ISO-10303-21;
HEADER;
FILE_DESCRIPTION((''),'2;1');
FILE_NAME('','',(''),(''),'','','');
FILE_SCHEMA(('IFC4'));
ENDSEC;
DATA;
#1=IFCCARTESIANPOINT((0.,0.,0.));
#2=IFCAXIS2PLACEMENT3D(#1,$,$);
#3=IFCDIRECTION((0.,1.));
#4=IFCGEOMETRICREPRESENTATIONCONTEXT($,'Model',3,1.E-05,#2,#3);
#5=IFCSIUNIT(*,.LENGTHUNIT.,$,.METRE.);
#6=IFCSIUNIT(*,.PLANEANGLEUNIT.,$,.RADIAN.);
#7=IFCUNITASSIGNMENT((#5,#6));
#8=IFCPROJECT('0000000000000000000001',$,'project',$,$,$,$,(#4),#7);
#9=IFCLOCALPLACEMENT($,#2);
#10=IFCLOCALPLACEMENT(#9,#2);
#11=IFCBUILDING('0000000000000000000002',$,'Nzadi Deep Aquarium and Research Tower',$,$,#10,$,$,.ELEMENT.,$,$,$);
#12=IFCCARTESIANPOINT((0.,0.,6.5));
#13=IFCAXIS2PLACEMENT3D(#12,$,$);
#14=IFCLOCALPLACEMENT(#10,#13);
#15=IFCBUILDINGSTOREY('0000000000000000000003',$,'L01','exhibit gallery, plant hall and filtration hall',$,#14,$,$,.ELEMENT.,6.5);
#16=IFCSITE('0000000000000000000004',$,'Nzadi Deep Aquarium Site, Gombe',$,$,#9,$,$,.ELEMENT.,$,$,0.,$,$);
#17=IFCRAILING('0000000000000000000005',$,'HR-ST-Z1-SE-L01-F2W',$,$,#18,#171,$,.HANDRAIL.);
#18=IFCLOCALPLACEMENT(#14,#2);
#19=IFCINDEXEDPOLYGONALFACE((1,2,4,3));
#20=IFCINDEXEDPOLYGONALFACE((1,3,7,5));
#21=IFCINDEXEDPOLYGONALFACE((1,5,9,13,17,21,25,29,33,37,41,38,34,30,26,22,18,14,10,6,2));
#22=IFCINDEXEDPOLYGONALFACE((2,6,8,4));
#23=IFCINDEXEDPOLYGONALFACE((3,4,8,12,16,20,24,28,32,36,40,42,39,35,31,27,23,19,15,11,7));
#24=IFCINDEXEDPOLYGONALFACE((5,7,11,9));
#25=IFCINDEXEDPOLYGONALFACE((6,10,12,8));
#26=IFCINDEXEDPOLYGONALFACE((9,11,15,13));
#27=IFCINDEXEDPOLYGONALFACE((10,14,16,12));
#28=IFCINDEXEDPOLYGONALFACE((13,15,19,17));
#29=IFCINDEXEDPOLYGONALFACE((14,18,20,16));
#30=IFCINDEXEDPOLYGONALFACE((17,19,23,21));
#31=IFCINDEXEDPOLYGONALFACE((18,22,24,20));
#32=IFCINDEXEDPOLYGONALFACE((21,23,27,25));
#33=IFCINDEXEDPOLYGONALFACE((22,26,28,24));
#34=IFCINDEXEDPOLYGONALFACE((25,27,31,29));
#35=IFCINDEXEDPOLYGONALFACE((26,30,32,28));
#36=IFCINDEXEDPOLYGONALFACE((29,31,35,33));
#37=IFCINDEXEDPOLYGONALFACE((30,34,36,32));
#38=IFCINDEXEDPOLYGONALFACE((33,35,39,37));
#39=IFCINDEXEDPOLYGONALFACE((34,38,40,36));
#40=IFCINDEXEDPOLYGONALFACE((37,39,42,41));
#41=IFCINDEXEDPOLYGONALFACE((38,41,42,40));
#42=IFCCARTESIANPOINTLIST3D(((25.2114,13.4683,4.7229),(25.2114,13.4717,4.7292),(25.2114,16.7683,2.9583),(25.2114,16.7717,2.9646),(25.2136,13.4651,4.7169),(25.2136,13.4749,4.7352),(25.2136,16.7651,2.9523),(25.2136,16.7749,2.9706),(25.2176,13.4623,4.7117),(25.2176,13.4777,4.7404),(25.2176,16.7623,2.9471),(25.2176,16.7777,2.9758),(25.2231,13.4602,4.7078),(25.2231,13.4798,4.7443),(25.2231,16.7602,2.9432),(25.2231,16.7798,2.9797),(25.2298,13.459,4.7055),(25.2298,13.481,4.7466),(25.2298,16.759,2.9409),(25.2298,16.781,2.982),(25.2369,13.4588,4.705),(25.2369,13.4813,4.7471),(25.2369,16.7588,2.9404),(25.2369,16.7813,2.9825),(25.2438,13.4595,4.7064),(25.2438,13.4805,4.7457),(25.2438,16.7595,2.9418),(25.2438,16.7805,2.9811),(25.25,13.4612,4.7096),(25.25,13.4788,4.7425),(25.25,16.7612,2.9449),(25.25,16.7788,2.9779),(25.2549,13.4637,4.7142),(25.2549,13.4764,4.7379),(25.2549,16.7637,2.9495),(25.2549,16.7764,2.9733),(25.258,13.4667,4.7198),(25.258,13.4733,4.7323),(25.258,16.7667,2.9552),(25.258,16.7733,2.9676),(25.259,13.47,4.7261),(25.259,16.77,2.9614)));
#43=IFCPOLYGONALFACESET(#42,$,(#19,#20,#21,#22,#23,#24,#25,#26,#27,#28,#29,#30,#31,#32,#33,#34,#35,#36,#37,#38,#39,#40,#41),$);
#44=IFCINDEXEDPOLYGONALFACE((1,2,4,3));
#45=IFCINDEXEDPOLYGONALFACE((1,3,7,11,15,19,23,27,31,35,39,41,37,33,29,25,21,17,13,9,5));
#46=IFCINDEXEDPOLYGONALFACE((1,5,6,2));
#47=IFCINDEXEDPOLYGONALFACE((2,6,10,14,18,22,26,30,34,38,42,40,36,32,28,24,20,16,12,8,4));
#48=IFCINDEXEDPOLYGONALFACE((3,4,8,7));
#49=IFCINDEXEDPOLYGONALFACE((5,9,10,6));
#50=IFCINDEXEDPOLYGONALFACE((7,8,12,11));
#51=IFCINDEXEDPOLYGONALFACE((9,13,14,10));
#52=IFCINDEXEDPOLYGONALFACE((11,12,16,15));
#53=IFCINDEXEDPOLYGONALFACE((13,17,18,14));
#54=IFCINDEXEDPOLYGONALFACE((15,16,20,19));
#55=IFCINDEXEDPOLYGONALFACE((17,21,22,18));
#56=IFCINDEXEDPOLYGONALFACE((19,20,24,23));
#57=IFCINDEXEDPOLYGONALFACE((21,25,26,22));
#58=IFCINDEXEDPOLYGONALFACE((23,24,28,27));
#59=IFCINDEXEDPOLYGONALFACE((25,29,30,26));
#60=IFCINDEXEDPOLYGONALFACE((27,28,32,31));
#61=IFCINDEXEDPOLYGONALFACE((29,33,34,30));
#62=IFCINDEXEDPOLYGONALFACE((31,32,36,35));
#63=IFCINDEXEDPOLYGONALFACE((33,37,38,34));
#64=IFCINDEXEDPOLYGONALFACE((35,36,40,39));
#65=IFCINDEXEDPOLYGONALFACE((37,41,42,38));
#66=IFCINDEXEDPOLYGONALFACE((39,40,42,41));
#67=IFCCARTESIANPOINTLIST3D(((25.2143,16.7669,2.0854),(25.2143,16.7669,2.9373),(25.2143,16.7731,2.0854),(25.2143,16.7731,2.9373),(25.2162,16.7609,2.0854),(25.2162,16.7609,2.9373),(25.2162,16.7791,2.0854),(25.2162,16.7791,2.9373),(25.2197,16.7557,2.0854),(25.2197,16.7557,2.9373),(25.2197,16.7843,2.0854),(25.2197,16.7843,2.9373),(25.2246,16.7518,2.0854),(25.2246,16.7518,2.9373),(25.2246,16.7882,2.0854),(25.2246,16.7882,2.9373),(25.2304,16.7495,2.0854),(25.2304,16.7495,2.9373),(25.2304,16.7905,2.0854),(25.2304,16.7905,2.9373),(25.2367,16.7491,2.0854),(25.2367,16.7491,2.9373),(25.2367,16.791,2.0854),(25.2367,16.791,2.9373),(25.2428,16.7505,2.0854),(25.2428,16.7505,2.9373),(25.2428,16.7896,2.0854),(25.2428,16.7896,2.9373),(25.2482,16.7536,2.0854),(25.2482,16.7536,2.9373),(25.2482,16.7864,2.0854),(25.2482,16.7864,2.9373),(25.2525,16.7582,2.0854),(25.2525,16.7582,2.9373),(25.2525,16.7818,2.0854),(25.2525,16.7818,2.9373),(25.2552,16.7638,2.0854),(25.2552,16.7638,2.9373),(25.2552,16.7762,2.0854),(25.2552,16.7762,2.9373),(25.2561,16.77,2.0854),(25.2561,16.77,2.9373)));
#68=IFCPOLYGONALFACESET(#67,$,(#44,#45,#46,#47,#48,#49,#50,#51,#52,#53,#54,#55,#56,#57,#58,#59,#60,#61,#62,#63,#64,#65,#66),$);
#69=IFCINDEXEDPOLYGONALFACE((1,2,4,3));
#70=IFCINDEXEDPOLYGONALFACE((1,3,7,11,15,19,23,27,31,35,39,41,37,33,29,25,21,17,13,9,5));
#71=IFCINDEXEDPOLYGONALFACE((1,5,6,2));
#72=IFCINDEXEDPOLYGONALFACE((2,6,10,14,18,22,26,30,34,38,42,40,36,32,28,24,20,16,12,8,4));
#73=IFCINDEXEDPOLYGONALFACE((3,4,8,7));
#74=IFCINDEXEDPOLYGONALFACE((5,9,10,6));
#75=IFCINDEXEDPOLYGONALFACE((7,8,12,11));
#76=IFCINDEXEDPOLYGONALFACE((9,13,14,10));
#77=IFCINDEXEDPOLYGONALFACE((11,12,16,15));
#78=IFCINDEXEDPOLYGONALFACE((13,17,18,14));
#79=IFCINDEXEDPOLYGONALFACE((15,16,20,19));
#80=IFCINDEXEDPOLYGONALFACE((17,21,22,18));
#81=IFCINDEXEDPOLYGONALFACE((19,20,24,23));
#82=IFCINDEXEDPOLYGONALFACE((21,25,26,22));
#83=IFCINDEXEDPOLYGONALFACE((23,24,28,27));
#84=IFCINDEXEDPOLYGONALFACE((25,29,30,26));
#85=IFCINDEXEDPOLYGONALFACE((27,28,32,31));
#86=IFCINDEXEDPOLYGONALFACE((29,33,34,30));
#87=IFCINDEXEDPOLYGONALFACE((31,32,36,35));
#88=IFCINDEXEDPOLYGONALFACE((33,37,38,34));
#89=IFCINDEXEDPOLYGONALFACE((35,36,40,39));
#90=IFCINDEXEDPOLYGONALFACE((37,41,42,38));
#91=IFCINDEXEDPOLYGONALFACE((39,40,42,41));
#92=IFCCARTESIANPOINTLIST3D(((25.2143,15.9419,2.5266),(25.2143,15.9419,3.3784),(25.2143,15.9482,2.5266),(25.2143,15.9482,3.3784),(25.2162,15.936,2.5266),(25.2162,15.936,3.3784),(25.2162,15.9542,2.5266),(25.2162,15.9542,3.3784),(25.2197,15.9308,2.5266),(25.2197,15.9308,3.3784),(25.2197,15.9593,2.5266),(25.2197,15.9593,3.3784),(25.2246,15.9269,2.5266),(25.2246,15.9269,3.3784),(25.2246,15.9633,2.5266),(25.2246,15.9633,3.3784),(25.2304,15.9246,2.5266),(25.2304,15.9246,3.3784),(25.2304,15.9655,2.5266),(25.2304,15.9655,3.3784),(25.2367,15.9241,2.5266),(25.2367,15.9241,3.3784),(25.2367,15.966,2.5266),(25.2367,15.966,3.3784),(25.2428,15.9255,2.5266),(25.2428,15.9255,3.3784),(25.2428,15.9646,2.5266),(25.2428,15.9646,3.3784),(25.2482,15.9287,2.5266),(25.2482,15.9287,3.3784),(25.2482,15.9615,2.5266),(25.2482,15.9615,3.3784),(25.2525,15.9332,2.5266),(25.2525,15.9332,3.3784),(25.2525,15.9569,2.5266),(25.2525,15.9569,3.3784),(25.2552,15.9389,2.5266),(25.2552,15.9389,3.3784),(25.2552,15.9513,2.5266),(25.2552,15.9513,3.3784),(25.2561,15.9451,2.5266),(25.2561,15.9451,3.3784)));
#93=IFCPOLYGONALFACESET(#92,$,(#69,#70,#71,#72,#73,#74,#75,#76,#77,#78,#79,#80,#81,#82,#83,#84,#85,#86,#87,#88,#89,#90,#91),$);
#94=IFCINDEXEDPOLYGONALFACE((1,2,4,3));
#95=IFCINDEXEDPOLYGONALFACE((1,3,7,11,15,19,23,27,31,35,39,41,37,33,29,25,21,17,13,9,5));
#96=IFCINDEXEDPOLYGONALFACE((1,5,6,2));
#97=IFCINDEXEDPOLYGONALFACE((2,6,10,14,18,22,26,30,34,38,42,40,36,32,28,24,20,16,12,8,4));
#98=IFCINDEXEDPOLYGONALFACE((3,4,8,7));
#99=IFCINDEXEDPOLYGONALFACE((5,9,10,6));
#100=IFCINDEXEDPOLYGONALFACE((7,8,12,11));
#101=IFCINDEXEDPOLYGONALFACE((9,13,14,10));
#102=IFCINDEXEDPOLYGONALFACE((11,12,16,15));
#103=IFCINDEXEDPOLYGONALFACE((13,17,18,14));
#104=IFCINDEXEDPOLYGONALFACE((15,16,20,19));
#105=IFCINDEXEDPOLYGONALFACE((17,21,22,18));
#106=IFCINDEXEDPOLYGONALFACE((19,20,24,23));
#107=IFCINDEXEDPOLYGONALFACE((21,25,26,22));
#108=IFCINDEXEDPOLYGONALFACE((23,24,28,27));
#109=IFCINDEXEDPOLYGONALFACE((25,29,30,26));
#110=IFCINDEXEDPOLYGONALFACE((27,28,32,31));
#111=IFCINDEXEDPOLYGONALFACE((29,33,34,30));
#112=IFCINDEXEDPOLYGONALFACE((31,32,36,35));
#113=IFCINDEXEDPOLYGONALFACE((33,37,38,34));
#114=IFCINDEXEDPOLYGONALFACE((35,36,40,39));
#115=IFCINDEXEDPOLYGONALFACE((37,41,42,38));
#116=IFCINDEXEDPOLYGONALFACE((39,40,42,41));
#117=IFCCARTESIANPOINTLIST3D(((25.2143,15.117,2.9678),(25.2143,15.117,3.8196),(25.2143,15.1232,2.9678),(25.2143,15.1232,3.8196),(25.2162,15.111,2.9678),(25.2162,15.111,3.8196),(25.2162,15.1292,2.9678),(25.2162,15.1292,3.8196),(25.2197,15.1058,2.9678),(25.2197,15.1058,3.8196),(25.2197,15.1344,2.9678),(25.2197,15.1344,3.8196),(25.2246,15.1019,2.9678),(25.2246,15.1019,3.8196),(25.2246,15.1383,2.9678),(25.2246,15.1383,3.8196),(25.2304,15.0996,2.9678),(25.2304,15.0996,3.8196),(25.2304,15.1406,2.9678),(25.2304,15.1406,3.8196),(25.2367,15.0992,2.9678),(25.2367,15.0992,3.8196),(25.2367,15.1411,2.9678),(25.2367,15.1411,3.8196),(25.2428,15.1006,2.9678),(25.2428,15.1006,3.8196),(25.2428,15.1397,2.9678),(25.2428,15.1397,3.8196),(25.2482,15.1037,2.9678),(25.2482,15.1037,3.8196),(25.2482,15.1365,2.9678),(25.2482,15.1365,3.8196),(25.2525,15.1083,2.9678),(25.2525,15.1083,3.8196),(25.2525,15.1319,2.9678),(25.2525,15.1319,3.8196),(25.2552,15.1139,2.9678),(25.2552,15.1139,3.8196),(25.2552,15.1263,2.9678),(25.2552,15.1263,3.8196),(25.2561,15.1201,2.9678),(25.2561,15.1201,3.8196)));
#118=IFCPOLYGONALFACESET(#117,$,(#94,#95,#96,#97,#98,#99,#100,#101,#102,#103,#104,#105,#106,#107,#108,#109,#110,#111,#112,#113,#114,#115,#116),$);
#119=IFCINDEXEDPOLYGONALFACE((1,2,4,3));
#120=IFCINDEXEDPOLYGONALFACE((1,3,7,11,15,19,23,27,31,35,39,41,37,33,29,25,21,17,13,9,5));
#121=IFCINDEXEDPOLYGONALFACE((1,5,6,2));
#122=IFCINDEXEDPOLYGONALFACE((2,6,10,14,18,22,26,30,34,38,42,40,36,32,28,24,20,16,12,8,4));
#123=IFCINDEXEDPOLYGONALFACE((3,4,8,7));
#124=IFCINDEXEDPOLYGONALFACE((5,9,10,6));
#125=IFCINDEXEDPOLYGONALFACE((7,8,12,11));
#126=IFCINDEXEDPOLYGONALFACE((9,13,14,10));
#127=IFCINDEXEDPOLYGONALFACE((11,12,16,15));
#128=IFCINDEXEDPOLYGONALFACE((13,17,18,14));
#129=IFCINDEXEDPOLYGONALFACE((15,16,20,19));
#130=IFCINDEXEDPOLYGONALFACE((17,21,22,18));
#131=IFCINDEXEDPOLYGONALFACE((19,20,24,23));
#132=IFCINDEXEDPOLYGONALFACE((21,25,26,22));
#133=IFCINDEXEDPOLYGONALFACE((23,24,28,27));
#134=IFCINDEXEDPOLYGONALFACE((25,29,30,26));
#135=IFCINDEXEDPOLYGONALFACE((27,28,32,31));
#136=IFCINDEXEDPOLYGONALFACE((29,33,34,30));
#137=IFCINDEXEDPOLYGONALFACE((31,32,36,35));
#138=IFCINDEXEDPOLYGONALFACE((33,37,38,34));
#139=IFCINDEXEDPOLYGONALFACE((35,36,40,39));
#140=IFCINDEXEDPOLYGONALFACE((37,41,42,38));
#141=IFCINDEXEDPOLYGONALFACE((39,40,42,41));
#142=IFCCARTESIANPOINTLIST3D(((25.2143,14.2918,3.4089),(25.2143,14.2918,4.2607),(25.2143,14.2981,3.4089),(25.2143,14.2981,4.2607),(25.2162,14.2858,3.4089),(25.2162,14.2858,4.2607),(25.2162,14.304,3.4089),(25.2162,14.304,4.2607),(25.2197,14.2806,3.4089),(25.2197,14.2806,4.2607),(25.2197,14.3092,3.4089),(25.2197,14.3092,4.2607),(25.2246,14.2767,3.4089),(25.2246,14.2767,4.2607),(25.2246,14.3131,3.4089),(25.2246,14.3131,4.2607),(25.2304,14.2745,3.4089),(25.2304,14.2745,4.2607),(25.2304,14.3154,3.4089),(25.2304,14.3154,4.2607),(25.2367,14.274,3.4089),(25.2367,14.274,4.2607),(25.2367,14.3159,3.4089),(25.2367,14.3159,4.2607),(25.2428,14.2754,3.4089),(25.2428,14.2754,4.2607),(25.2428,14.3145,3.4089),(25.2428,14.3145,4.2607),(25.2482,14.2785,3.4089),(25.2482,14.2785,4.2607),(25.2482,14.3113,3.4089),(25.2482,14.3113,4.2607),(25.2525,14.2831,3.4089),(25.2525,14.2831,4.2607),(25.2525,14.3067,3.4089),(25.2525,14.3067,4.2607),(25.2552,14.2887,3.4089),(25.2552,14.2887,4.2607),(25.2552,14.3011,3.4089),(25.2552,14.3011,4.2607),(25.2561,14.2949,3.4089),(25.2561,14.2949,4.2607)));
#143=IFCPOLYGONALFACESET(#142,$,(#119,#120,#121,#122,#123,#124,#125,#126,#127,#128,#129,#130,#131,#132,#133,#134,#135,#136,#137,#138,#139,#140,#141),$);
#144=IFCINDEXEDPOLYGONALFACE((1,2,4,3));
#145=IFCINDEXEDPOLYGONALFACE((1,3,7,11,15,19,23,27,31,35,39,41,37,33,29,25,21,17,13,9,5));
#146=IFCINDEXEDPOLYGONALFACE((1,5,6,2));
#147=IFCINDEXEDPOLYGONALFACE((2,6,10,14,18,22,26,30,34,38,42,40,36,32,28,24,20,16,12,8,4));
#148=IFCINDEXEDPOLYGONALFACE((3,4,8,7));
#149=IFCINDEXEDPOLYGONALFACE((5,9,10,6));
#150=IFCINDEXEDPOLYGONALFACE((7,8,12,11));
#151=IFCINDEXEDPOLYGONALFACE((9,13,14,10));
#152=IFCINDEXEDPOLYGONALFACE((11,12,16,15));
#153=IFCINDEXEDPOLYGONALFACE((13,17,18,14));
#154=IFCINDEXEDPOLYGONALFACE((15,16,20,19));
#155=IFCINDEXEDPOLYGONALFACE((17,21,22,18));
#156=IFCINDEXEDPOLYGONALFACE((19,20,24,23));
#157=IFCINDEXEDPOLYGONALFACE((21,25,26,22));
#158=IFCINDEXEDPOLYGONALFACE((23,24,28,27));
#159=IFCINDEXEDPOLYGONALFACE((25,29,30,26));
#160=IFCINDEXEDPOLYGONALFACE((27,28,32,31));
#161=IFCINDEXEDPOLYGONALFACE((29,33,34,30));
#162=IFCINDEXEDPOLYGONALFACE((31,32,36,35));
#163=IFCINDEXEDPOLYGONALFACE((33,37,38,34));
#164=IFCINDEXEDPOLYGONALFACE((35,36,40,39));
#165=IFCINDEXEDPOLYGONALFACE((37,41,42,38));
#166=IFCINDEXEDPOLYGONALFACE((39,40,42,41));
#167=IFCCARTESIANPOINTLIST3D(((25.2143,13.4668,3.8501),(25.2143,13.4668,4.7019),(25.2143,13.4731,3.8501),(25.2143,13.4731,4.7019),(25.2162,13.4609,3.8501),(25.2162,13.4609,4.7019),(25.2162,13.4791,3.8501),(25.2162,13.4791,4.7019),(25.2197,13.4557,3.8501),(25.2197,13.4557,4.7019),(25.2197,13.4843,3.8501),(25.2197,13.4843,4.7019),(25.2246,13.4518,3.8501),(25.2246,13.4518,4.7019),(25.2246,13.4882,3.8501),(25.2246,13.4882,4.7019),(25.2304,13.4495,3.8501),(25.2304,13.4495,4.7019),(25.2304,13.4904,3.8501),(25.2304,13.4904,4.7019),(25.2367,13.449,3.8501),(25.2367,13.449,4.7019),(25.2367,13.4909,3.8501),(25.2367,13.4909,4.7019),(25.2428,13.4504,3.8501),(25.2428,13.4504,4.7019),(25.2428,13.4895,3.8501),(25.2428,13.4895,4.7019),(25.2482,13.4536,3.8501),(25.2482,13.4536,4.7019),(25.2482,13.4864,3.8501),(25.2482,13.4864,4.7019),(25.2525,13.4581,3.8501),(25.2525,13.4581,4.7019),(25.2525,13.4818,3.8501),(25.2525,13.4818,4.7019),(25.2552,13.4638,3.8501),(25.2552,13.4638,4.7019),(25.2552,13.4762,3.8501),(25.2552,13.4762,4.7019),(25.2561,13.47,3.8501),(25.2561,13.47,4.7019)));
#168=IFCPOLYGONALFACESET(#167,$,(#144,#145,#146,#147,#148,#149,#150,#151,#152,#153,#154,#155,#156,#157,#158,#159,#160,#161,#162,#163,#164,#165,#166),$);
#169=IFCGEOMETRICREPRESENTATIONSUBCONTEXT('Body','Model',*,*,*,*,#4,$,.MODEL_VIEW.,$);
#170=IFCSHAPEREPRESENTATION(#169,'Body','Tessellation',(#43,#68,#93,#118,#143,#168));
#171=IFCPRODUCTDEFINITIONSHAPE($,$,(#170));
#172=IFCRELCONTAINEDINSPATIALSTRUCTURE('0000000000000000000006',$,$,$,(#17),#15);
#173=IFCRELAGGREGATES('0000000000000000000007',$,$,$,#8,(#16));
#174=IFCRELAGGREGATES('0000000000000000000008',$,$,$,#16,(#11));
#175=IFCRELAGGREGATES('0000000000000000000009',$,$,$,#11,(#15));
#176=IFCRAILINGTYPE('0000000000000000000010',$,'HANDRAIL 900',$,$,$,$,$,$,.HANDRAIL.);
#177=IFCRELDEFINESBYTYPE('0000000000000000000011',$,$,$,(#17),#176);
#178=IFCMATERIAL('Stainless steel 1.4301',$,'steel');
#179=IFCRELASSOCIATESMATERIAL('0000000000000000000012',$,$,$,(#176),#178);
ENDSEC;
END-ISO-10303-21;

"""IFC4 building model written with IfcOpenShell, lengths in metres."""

from ifc_helpers import new_model, si_unit, direction, frame, origin, origin_2d, place, context, subcontext, project, spatial, circle, extrude, material, type_object, element, save


model = new_model("IFC4")

# Units and contexts
model_context = context("Model", 3, precision=1e-05, world=origin(), true_north=direction((0.0, 1.0)))
body_context = subcontext(model_context, "Body", "Model", "MODEL_VIEW")
ifc_project = project(units=[si_unit("LENGTHUNIT", "METRE"), si_unit("PLANEANGLEUNIT", "RADIAN")], contexts=[model_context])

# Site, building, storey
site_placement = place(None, origin())
site = spatial("IfcSite", under=ifc_project, at=site_placement, Name="Nzadi Deep Aquarium Site, Gombe", CompositionType="ELEMENT", RefElevation=0.0)
building_placement = place(site_placement, origin())
building = spatial("IfcBuilding", under=site, at=building_placement, Name="Nzadi Deep Aquarium and Research Tower", CompositionType="ELEMENT")
storey_placement = place(building_placement, frame((0.0, 0.0, 6.5)))
storey = spatial("IfcBuildingStorey", under=building, at=storey_placement, Name="L01", Description="exhibit gallery, plant hall and filtration hall", CompositionType="ELEMENT", Elevation=6.5)

# Railing
ifc_material_1 = material(Name="Stainless steel 1.4301", Category="steel")
railing_type = type_object("IfcRailingType", Name="HANDRAIL 900", PredefinedType="HANDRAIL", material=ifc_material_1)
for number, where, name in (
    (1, (25.2351, 16.77, 2.0854), "HR-ST-Z1-SE-L01-F2W"),
):
    element("IfcRailing", number, at=place(storey_placement, frame(where)), inside=storey, type_object=railing_type, Name=name, PredefinedType="HANDRAIL", context=body_context, shape_type="SweptSolid", body=[
        extrude(circle(Radius=0.0239, at=origin_2d()), frame((0.0, 0.0, 0.876), z_axis=(0.0, -0.88184, 0.47155), x_axis=(1.0, 0.0, 0.0)), (0.0, 0.0, 1.0), 3.7422),
        extrude(circle(Radius=0.021, at=origin_2d()), origin(), (0.0, 0.0, 1.0), 0.8518),
        extrude(circle(Radius=0.021, at=origin_2d()), frame((0.0, -0.825, 0.4412)), (0.0, 0.0, 1.0), 0.8518),
        extrude(circle(Radius=0.021, at=origin_2d()), frame((0.0, -1.6499, 0.8823)), (0.0, 0.0, 1.0), 0.8518),
        extrude(circle(Radius=0.021, at=origin_2d()), frame((0.0, -2.4751, 1.3235)), (0.0, 0.0, 1.0), 0.8518),
        extrude(circle(Radius=0.021, at=origin_2d()), frame((0.0, -3.3, 1.7646)), (0.0, 0.0, 1.0), 0.8518),
    ])

save(model, "model.ifc")
